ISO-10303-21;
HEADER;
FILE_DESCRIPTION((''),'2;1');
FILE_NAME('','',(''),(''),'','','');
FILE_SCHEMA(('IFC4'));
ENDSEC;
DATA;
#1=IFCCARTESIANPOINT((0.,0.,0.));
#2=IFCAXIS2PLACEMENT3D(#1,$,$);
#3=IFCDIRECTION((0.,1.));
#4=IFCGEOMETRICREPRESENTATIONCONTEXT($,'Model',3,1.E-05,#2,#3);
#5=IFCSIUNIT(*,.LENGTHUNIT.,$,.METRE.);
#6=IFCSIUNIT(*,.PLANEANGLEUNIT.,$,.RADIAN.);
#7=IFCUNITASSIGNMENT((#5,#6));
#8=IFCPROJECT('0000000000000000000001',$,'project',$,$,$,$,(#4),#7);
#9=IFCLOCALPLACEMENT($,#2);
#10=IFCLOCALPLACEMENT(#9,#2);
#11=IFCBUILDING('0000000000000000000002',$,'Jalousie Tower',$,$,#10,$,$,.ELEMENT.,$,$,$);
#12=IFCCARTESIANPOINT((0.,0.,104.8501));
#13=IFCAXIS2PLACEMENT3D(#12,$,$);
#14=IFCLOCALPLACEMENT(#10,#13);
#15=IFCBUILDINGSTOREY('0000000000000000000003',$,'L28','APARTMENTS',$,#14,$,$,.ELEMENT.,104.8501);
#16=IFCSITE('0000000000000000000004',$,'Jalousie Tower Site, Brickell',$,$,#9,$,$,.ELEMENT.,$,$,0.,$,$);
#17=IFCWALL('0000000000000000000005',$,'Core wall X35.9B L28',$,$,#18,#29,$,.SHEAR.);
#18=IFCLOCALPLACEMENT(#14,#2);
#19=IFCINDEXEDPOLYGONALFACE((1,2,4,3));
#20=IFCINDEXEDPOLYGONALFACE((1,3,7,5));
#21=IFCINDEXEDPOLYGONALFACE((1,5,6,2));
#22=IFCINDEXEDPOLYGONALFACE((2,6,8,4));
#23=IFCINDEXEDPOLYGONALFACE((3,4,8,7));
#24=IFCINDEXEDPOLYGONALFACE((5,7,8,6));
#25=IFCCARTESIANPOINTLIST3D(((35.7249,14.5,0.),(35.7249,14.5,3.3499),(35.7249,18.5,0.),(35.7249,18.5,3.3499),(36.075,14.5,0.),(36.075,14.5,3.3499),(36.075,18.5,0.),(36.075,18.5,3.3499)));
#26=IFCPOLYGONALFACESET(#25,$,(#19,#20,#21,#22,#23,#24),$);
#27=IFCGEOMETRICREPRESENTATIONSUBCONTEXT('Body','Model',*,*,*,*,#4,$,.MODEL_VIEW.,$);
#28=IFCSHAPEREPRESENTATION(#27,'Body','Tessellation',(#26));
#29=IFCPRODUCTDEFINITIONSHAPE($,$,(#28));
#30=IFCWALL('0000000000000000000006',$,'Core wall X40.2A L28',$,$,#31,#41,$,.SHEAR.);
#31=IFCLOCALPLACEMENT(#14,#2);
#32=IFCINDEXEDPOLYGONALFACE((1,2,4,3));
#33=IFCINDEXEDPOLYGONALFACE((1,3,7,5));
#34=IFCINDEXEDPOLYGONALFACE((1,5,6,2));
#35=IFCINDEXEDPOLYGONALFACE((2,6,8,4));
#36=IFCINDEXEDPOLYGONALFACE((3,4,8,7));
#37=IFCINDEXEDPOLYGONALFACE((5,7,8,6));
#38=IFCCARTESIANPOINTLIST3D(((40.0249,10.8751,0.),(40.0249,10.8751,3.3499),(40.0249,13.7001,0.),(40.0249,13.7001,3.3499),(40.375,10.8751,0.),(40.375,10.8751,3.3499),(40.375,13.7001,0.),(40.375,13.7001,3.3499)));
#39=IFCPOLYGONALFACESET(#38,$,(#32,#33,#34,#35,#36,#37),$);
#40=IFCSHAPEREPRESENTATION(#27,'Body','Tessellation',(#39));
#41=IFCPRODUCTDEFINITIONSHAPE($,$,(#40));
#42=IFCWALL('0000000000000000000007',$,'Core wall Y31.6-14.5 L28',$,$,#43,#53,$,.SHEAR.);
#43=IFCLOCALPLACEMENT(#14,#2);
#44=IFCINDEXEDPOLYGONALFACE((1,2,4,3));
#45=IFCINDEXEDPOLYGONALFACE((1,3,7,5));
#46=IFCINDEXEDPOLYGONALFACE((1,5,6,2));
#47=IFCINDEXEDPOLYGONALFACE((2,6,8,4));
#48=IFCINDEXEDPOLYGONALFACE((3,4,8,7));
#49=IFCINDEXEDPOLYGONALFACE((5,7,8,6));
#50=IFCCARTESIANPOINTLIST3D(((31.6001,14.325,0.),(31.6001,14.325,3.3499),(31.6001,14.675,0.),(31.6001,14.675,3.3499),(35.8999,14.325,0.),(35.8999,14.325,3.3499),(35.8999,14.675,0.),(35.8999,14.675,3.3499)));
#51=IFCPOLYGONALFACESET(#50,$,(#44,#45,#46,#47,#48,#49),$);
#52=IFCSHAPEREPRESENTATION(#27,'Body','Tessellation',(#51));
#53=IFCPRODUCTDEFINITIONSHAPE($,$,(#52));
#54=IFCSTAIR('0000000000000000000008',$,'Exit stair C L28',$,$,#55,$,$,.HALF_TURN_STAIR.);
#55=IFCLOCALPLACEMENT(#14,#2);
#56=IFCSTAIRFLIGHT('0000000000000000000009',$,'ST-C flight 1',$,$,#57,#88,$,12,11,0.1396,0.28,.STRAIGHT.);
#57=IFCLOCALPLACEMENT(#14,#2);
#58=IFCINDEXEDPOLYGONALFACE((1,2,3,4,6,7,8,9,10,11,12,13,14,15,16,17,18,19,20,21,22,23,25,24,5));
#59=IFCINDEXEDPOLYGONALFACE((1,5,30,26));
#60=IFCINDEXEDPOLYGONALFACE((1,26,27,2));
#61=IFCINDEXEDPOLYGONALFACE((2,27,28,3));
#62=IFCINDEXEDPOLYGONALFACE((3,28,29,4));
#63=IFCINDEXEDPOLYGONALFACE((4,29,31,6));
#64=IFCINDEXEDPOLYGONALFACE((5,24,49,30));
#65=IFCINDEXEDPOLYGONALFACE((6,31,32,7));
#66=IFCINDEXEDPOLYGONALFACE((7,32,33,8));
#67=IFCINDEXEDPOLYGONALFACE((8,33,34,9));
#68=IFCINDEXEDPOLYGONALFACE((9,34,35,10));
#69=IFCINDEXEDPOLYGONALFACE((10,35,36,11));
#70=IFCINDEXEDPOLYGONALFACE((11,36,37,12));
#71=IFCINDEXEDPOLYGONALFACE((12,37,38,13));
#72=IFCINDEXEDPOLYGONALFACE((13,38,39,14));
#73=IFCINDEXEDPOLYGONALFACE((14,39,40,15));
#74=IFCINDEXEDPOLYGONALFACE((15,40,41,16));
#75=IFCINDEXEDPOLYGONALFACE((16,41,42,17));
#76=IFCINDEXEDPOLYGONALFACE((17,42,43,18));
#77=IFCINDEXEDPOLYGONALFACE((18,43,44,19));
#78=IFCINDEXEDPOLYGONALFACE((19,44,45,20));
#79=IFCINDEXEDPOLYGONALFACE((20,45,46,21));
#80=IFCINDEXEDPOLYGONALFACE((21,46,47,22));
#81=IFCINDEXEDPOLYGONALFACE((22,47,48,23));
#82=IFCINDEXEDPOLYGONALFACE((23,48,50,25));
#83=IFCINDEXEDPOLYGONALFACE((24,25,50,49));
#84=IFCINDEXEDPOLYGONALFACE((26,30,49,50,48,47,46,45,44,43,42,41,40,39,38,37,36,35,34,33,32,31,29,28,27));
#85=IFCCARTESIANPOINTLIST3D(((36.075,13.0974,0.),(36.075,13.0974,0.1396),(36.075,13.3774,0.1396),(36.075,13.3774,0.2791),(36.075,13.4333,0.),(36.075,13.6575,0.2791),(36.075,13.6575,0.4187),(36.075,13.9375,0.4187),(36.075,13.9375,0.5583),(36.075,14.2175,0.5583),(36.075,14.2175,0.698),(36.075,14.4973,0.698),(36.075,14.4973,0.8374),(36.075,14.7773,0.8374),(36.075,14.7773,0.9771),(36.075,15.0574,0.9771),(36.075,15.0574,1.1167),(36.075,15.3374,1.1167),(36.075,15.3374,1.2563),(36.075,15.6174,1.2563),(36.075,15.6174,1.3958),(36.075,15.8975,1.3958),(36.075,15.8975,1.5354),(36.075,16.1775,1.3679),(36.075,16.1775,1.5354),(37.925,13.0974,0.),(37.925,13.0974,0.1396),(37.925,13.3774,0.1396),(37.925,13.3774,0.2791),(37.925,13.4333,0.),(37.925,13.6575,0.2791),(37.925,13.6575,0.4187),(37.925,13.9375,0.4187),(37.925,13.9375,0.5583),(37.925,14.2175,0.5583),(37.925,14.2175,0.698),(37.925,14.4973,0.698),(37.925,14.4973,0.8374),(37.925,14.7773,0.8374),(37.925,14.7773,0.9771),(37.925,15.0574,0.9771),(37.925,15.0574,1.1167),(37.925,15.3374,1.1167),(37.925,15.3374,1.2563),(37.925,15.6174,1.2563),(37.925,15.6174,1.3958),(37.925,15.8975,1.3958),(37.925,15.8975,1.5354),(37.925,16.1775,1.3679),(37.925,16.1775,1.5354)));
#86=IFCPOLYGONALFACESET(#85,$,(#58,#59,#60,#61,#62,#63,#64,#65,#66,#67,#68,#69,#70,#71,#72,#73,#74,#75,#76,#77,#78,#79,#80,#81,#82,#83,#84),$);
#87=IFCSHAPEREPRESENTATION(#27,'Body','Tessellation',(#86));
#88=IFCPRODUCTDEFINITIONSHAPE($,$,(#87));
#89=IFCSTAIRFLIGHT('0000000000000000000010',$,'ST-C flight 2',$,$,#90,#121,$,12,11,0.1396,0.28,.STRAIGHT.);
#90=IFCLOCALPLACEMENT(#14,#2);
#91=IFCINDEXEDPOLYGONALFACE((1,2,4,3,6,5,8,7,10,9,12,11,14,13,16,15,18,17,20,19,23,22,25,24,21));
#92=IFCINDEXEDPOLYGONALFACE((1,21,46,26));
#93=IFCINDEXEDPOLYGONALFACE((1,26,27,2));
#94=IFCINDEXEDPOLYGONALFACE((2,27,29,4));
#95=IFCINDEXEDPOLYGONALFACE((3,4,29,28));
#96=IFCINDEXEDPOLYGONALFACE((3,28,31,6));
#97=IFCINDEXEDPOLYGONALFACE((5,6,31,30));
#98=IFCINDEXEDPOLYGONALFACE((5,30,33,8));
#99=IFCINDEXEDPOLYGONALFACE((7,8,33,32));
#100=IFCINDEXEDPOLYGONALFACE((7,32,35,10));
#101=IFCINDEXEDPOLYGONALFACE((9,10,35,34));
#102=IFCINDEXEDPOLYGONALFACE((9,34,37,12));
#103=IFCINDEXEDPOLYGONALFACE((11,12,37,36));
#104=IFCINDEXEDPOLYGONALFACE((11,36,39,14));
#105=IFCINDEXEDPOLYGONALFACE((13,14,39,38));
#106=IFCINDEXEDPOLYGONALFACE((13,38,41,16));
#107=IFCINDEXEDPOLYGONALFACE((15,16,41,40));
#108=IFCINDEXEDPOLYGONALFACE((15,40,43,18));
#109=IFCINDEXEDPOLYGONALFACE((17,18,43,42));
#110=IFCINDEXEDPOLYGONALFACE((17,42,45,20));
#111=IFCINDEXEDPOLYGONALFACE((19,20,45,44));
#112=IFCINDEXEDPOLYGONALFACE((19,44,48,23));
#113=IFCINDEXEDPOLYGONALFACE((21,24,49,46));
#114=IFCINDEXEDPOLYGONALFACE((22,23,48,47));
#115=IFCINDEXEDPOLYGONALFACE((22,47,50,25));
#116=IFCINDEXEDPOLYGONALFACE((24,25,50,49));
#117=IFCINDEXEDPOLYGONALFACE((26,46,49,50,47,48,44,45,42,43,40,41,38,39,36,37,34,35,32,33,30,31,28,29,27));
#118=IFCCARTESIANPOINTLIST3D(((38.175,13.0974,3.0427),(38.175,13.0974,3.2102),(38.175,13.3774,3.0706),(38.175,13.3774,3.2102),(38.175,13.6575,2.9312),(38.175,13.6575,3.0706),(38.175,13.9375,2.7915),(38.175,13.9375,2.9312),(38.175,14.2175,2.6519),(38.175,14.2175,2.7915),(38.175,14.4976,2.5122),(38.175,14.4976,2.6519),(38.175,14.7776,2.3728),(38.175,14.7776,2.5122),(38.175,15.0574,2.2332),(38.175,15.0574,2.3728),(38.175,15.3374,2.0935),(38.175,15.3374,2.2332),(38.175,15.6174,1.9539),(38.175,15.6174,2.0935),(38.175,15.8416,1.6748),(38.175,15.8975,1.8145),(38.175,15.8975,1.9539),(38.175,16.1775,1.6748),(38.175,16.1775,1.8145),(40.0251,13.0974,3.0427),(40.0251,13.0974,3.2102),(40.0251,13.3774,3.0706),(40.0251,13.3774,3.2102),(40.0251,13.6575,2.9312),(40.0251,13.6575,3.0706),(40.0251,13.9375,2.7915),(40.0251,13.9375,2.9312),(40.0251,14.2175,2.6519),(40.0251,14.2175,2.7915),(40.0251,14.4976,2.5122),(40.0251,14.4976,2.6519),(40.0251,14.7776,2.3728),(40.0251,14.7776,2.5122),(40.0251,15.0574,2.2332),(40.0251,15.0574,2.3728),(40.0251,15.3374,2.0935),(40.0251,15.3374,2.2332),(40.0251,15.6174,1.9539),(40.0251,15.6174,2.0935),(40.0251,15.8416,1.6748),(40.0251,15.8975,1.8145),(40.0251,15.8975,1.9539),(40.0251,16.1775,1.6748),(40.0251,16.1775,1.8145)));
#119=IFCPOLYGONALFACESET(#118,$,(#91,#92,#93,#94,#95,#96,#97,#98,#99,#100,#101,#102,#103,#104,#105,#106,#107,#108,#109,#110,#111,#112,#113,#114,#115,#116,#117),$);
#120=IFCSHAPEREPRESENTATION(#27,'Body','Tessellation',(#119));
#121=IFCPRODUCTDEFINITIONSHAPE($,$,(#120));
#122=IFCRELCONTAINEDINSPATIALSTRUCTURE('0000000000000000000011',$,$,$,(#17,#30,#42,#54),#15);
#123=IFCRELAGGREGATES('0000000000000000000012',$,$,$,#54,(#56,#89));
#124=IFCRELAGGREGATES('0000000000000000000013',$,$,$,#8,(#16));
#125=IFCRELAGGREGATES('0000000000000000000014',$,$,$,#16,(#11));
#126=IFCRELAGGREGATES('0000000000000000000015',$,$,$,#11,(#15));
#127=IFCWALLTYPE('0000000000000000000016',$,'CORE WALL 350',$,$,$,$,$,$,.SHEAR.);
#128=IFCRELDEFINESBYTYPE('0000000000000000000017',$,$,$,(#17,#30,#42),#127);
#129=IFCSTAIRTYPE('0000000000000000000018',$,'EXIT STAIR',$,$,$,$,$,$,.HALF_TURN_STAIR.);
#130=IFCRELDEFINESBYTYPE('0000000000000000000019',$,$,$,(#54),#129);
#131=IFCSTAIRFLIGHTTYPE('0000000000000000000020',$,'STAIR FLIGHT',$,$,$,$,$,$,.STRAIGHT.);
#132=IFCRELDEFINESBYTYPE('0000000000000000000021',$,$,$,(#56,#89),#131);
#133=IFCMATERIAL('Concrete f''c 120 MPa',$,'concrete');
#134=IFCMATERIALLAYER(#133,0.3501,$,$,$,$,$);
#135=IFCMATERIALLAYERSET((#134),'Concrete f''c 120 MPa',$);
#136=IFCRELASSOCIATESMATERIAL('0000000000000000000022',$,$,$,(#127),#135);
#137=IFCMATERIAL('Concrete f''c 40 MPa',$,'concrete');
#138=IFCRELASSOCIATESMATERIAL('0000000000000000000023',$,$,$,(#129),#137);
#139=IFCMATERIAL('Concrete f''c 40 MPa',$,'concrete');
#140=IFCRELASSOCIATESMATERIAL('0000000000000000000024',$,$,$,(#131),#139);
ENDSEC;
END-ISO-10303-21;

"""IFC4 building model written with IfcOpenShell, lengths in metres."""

from ifc_helpers import new_model, si_unit, direction, frame, frame_2d, origin, place, context, subcontext, project, spatial, polyline, rectangle, outline, extrude, material, layer, layer_set, type_object, element, aggregate, save


model = new_model("IFC4")

# Units and contexts
model_context = context("Model", 3, precision=1e-05, world=origin(), true_north=direction((0.0, 1.0)))
body_context = subcontext(model_context, "Body", "Model", "MODEL_VIEW")
ifc_project = project(units=[si_unit("LENGTHUNIT", "METRE"), si_unit("PLANEANGLEUNIT", "RADIAN")], contexts=[model_context])

# Site, building, storey
site_placement = place(None, origin())
site = spatial("IfcSite", under=ifc_project, at=site_placement, Name="Jalousie Tower Site, Brickell", CompositionType="ELEMENT", RefElevation=0.0)
building_placement = place(site_placement, origin())
building = spatial("IfcBuilding", under=site, at=building_placement, Name="Jalousie Tower", CompositionType="ELEMENT")
storey_placement = place(building_placement, frame((0.0, 0.0, 104.8501)))
storey = spatial("IfcBuildingStorey", under=building, at=storey_placement, Name="L28", Description="APARTMENTS", CompositionType="ELEMENT", Elevation=104.8501)

# Shared definitions
ifc_material_1 = material(Name="Concrete f'c 120 MPa", Category="concrete")
ifc_layer = layer(ifc_material_1, 0.3501)
ifc_layer_set = layer_set([ifc_layer], Name="Concrete f'c 120 MPa")
wall_type = type_object("IfcWallType", Name="CORE WALL 350", PredefinedType="SHEAR", material=ifc_layer_set)

# Walls
wall_1_placement = place(storey_placement, frame((35.8999, 14.5, 0.0), z_axis=(0.0, 0.0, 1.0), x_axis=(0.0, 1.0, 0.0)))
element("IfcWall", 1, at=wall_1_placement, inside=storey, type_object=wall_type, Name="Core wall X35.9B L28", PredefinedType="SHEAR", context=body_context, shape_type="SweptSolid", body=[
    extrude(rectangle(XDim=4.0, YDim=0.3501, at=frame_2d((2.0, 0.0))), origin(), (0.0, 0.0, 1.0), 3.3499),
])
wall_2_placement = place(storey_placement, frame((40.2, 10.875, 0.0), z_axis=(0.0, 0.0, 1.0), x_axis=(0.0, 1.0, 0.0)))
element("IfcWall", 2, at=wall_2_placement, inside=storey, type_object=wall_type, Name="Core wall X40.2A L28", PredefinedType="SHEAR", context=body_context, shape_type="SweptSolid", body=[
    extrude(rectangle(XDim=2.825, YDim=0.3501, at=frame_2d((1.4126, 0.0))), origin(), (0.0, 0.0, 1.0), 3.3499),
])
wall_3_placement = place(storey_placement, frame((31.6001, 14.5, 0.0), z_axis=(0.0, 0.0, 1.0), x_axis=(1.0, 0.0, 0.0)))
element("IfcWall", 3, at=wall_3_placement, inside=storey, type_object=wall_type, Name="Core wall Y31.6-14.5 L28", PredefinedType="SHEAR", context=body_context, shape_type="SweptSolid", body=[
    extrude(rectangle(XDim=4.2998, YDim=0.3501, at=frame_2d((2.1499, 0.0))), origin(), (0.0, 0.0, 1.0), 3.3499),
])

# Stair, stair flights
ifc_material_2 = material(Name="Concrete f'c 40 MPa", Category="concrete")
stair_type = type_object("IfcStairType", Name="EXIT STAIR", PredefinedType="HALF_TURN_STAIR", material=ifc_material_2)
stair_placement = place(storey_placement, origin())
stair = element("IfcStair", 4, at=stair_placement, inside=storey, type_object=stair_type, Name="Exit stair C L28", PredefinedType="HALF_TURN_STAIR")
ifc_material_3 = material(Name="Concrete f'c 40 MPa", Category="concrete")
stair_flight_type = type_object("IfcStairFlightType", Name="STAIR FLIGHT", PredefinedType="STRAIGHT", material=ifc_material_3)
stair_flight_1_placement = place(storey_placement, frame((37.0, 13.0974, 0.0), z_axis=(0.0, 0.0, 1.0), x_axis=(0.0, 1.0, 0.0)))
stair_flight_1 = element("IfcStairFlight", 5, at=stair_flight_1_placement, type_object=stair_flight_type, Name="ST-C flight 1", NumberOfRisers=12, NumberOfTreads=11, PredefinedType="STRAIGHT", RiserHeight=0.1396, TreadLength=0.28, context=body_context, shape_type="SweptSolid", body=[
    extrude(outline(polyline([(0.0, 0.0), (0.0, 0.1396), (0.28, 0.1396), (0.28, 0.2791), (0.5601, 0.2791), (0.5601, 0.4187), (0.8401, 0.4187), (0.8401, 0.5583), (1.1201, 0.5583), (1.1201, 0.698), (1.3999, 0.698), (1.3999, 0.8374), (1.6799, 0.8374), (1.6799, 0.9771), (1.96, 0.9771), (1.96, 1.1167), (2.24, 1.1167), (2.24, 1.2563), (2.52, 1.2563), (2.52, 1.3958), (2.8, 1.3958), (2.8, 1.5354), (3.0801, 1.5354), (3.0801, 1.675), (3.0801, 1.3679), (0.3359, 0.0), (0.0, 0.0)])), frame((0.0, 0.925, 0.0), z_axis=(0.0, -1.0, 0.0), x_axis=(1.0, 0.0, 0.0)), (0.0, 0.0, 1.0), 1.8501),
])
stair_flight_2_placement = place(storey_placement, frame((39.1001, 16.1775, 1.6748), z_axis=(0.0, 0.0, 1.0), x_axis=(0.0, -1.0, 0.0)))
stair_flight_2 = element("IfcStairFlight", 6, at=stair_flight_2_placement, type_object=stair_flight_type, Name="ST-C flight 2", NumberOfRisers=12, NumberOfTreads=11, PredefinedType="STRAIGHT", RiserHeight=0.1396, TreadLength=0.28, context=body_context, shape_type="SweptSolid", body=[
    extrude(outline(polyline([(0.0, 0.0), (0.0, 0.1396), (0.28, 0.1396), (0.28, 0.2791), (0.5601, 0.2791), (0.5601, 0.4187), (0.8401, 0.4187), (0.8401, 0.5583), (1.1201, 0.5583), (1.1201, 0.698), (1.3999, 0.698), (1.3999, 0.8374), (1.6799, 0.8374), (1.6799, 0.9771), (1.96, 0.9771), (1.96, 1.1167), (2.24, 1.1167), (2.24, 1.2563), (2.52, 1.2563), (2.52, 1.3958), (2.8, 1.3958), (2.8, 1.5354), (3.0801, 1.5354), (3.0801, 1.675), (3.0801, 1.3679), (0.3359, 0.0), (0.0, 0.0)])), frame((0.0, 0.925, 0.0), z_axis=(0.0, -1.0, 0.0), x_axis=(1.0, 0.0, 0.0)), (0.0, 0.0, 1.0), 1.8501),
])
aggregate(stair, [stair_flight_1, stair_flight_2])

save(model, "model.ifc")
